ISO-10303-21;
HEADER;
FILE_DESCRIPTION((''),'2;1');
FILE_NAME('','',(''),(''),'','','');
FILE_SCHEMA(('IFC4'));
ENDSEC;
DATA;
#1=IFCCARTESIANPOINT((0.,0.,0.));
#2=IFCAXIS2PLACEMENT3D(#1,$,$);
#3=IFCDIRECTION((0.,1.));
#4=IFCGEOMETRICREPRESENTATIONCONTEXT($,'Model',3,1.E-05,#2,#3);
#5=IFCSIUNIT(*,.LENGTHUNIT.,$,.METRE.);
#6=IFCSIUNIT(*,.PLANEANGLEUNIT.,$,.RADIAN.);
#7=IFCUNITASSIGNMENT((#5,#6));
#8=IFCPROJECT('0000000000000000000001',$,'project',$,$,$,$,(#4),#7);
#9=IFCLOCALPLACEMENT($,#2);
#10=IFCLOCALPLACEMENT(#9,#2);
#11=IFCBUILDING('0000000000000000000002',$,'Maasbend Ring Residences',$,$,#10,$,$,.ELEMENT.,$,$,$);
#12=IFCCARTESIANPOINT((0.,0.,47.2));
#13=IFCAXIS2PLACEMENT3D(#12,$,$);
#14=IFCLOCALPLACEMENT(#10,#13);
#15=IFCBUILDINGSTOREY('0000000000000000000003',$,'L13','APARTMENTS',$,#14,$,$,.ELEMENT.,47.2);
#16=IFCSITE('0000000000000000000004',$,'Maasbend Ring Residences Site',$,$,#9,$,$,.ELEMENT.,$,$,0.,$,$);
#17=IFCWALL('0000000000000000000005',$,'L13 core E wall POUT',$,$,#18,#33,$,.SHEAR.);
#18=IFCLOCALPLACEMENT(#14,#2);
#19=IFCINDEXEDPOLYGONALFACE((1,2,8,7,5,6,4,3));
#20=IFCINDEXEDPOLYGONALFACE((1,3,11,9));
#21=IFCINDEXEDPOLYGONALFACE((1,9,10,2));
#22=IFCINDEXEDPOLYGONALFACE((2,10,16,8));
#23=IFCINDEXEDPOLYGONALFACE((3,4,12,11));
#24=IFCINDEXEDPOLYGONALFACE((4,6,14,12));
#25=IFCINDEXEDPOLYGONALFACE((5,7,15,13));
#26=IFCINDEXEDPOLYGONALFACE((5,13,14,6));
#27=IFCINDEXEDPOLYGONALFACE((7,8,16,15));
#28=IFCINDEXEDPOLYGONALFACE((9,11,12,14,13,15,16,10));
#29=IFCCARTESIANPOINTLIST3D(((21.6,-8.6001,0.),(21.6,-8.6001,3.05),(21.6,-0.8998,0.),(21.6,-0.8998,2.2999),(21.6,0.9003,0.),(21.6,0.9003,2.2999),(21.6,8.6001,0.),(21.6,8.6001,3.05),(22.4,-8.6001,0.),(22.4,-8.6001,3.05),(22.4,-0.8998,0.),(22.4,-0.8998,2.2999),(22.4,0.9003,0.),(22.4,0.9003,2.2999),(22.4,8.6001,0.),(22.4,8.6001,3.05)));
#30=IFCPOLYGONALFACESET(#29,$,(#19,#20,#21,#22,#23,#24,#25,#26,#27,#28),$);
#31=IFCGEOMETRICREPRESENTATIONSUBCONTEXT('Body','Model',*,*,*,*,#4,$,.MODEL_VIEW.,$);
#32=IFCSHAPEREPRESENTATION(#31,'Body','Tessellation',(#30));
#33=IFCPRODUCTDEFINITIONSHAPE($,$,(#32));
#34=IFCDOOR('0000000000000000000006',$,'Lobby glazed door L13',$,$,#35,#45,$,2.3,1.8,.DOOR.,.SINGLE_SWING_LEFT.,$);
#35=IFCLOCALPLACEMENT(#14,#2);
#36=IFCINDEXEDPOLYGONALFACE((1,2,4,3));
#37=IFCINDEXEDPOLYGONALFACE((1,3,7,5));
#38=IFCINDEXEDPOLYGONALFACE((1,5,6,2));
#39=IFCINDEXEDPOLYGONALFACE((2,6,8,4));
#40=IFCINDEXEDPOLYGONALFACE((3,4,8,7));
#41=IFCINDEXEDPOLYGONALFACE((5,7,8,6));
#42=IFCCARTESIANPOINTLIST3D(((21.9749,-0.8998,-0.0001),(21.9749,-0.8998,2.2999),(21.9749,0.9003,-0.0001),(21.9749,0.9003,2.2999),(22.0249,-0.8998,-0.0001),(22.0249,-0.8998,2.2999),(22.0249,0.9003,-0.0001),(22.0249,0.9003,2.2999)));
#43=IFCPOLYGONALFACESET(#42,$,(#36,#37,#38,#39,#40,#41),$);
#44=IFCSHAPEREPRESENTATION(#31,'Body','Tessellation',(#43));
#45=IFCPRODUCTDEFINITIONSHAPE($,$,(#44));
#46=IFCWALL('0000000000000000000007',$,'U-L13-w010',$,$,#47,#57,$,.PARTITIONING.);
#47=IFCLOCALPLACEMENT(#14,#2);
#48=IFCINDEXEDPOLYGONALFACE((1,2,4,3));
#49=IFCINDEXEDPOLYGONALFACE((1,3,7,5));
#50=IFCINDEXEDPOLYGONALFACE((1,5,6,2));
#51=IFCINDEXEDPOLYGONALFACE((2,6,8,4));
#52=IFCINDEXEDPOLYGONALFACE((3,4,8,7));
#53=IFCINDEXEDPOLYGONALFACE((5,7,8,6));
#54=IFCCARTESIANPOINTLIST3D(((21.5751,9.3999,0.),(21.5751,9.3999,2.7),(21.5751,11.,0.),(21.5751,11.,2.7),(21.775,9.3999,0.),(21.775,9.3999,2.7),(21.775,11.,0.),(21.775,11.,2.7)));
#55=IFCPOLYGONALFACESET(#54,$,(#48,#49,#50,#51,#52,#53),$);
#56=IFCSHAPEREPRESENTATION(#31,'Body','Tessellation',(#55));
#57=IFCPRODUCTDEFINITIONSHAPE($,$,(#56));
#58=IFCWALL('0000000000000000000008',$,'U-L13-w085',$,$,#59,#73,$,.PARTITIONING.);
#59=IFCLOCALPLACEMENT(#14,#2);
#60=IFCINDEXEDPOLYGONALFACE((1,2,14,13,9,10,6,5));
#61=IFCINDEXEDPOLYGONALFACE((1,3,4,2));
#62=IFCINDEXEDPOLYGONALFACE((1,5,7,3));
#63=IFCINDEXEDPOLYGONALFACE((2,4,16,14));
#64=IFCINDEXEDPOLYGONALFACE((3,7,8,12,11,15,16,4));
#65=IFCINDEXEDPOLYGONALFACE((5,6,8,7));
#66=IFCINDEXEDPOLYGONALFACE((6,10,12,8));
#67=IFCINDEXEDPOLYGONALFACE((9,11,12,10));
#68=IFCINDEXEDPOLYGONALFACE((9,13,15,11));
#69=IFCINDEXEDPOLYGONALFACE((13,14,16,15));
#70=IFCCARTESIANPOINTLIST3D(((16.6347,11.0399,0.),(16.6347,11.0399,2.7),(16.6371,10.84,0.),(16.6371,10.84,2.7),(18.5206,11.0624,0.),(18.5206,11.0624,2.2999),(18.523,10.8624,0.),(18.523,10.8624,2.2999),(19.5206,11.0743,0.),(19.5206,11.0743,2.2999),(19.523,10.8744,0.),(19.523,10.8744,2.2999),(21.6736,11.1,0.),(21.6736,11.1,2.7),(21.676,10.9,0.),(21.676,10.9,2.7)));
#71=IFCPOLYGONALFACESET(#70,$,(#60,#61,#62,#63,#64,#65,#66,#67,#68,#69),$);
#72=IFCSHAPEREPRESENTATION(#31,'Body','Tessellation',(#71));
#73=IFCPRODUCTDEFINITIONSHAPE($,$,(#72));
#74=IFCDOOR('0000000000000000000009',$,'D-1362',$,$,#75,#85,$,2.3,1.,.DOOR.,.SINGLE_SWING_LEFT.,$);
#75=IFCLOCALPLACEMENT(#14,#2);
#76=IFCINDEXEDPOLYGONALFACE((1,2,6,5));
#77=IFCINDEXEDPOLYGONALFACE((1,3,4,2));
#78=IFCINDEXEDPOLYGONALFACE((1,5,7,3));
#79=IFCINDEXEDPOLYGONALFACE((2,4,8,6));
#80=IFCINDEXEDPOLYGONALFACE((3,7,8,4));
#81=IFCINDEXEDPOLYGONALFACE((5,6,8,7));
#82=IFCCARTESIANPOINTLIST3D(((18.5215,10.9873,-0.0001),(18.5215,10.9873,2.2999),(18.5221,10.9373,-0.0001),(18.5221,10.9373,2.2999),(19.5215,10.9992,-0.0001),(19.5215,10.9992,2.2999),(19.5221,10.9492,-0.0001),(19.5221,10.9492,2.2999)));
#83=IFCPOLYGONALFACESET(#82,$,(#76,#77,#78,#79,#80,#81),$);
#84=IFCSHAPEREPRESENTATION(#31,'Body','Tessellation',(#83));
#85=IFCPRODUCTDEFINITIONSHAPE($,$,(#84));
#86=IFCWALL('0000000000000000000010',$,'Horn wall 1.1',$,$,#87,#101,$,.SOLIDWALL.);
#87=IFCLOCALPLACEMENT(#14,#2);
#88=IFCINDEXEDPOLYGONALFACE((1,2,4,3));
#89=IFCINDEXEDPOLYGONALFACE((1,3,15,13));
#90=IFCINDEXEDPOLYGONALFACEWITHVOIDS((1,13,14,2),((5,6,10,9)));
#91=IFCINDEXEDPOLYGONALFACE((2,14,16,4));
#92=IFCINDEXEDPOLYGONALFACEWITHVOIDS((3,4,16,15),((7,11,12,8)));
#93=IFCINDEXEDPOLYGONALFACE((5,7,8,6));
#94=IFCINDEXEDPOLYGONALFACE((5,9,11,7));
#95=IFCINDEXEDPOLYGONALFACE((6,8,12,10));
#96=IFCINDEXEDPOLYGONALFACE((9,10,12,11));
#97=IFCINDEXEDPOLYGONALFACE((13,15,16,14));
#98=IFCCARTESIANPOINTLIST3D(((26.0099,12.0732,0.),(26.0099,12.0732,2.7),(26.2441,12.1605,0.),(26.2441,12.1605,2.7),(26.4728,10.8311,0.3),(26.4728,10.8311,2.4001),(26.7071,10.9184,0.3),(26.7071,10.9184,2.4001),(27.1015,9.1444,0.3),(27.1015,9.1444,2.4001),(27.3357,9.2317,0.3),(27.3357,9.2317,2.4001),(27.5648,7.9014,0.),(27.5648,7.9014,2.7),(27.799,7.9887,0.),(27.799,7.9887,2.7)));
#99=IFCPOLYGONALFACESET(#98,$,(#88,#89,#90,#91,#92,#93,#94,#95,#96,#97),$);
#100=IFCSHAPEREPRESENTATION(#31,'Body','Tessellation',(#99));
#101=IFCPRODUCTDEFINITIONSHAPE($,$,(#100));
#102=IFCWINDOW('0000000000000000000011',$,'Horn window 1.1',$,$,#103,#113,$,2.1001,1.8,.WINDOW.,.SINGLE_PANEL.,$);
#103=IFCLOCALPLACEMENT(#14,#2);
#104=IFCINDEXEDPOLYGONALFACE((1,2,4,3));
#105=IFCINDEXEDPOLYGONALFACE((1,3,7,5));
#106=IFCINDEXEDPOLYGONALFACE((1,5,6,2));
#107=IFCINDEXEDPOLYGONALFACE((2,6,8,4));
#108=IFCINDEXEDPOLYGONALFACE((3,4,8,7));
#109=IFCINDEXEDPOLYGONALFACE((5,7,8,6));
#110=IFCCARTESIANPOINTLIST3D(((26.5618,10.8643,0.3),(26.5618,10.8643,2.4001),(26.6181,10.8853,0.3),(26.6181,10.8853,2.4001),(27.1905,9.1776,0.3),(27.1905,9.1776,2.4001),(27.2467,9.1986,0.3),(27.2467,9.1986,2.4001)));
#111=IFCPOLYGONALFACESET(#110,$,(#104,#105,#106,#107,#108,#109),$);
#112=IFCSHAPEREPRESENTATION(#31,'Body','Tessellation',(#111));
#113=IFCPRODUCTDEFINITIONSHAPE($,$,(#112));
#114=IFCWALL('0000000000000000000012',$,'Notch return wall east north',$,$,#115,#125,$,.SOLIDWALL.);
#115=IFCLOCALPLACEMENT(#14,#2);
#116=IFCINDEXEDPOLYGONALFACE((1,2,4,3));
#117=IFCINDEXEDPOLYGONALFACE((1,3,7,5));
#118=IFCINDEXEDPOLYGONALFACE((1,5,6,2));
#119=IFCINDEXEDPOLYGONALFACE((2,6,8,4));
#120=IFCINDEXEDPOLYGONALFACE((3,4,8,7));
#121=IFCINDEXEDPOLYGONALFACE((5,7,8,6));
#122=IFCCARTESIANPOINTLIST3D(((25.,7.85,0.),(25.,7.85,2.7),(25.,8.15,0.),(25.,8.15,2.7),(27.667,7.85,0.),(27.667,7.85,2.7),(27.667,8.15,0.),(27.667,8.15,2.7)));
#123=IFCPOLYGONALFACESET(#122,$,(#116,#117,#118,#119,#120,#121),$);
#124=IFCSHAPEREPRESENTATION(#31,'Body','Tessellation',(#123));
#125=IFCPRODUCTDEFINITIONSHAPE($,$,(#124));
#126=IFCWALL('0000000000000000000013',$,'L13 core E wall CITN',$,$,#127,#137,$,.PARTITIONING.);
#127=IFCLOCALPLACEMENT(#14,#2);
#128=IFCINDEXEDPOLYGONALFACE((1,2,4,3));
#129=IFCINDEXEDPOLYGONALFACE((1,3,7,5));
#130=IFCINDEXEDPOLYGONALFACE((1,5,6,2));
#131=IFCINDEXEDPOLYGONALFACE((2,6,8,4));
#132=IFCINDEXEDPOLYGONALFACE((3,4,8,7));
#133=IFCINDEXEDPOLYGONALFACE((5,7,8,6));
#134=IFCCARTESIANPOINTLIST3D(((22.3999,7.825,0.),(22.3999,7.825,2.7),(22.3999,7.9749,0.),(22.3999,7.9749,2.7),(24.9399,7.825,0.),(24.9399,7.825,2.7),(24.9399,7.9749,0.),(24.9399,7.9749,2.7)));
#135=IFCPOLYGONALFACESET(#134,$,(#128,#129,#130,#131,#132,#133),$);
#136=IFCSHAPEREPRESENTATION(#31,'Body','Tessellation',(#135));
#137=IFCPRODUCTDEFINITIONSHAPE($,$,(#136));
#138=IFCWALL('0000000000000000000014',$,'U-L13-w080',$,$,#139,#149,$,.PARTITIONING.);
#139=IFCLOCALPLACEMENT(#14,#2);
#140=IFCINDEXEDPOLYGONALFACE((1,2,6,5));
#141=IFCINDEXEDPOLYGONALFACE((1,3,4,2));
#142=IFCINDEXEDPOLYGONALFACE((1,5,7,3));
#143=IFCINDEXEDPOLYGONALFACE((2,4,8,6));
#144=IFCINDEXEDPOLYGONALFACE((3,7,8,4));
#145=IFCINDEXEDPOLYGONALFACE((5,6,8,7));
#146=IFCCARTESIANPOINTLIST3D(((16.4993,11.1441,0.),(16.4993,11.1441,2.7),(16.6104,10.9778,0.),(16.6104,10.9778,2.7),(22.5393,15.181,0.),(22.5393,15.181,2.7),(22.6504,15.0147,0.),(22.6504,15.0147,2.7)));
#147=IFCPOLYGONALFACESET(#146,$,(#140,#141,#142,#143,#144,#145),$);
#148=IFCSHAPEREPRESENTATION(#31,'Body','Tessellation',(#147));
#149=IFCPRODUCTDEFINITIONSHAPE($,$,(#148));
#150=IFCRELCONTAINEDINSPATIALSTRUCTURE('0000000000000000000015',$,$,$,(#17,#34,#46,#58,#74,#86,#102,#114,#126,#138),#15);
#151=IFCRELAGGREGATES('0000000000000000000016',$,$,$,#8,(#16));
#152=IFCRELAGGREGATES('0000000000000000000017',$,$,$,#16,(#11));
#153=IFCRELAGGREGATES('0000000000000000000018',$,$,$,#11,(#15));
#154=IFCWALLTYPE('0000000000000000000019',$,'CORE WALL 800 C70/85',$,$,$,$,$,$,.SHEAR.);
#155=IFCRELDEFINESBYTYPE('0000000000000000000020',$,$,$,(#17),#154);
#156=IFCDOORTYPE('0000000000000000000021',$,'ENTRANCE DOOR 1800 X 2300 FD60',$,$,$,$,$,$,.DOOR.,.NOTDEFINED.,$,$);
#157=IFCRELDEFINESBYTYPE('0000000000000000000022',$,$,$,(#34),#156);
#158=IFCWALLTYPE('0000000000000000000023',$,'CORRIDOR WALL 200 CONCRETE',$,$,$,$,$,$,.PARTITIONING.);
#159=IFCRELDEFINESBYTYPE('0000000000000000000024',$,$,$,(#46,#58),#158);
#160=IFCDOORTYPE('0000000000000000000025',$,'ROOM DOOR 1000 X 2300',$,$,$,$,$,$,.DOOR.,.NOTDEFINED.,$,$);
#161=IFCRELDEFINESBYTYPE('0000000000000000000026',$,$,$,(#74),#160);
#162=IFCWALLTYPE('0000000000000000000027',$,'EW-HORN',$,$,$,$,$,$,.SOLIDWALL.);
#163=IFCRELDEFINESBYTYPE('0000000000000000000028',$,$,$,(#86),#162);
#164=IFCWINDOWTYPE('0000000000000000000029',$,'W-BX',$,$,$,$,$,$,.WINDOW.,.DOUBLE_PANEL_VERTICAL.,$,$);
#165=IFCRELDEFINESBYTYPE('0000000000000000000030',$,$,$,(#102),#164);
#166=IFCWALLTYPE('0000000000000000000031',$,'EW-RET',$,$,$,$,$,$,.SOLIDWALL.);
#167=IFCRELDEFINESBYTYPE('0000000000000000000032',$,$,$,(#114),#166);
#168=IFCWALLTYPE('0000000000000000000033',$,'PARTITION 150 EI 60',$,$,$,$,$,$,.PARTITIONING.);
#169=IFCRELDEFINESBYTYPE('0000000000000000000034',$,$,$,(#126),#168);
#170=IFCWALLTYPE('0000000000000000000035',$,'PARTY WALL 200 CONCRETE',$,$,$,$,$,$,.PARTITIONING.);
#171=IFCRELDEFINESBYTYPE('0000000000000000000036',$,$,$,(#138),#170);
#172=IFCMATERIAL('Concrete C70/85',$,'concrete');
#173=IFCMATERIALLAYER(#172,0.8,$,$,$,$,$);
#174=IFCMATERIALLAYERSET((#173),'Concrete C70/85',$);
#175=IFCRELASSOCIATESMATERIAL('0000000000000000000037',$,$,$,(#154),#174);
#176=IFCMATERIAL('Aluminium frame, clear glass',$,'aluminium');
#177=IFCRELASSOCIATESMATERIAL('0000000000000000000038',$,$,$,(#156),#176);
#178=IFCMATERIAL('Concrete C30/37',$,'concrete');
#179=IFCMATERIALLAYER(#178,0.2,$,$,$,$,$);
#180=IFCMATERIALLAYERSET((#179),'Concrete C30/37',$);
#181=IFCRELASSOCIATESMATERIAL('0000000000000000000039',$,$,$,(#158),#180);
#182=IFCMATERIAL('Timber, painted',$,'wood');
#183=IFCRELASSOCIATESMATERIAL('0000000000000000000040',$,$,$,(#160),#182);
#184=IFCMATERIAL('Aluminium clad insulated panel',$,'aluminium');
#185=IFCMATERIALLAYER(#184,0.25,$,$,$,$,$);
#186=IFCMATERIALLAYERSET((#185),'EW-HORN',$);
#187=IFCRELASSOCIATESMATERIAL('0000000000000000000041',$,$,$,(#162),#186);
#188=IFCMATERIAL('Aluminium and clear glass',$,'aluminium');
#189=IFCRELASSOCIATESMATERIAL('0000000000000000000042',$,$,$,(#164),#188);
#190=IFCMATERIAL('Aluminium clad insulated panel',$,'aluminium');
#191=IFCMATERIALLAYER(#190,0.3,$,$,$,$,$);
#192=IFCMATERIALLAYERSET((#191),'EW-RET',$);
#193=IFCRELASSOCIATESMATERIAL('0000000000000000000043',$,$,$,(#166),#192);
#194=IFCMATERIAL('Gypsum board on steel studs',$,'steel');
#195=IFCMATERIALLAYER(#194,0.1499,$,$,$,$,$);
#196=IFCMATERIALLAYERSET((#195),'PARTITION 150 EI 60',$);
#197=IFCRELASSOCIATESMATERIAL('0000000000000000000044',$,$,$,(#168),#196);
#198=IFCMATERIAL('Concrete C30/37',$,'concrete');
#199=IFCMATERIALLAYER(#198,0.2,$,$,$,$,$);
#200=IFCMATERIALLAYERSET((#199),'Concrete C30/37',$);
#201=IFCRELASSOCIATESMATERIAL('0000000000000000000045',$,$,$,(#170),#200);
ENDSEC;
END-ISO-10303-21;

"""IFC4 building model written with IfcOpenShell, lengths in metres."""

from ifc_helpers import new_model, si_unit, direction, frame, frame_2d, origin, place, context, subcontext, project, spatial, rectangle, extrude, material, layer, layer_set, type_object, element, fill, save


model = new_model("IFC4")

# Units and contexts
model_context = context("Model", 3, precision=1e-05, world=origin(), true_north=direction((0.0, 1.0)))
body_context = subcontext(model_context, "Body", "Model", "MODEL_VIEW")
ifc_project = project(units=[si_unit("LENGTHUNIT", "METRE"), si_unit("PLANEANGLEUNIT", "RADIAN")], contexts=[model_context])

# Site, building, storey
site_placement = place(None, origin())
site = spatial("IfcSite", under=ifc_project, at=site_placement, Name="Maasbend Ring Residences Site", CompositionType="ELEMENT", RefElevation=0.0)
building_placement = place(site_placement, origin())
building = spatial("IfcBuilding", under=site, at=building_placement, Name="Maasbend Ring Residences", CompositionType="ELEMENT")
storey_placement = place(building_placement, frame((0.0, 0.0, 47.2)))
storey = spatial("IfcBuildingStorey", under=building, at=storey_placement, Name="L13", Description="APARTMENTS", CompositionType="ELEMENT", Elevation=47.2)

# Wall, opening, door
ifc_material_1 = material(Name="Concrete C70/85", Category="concrete")
ifc_layer_1 = layer(ifc_material_1, 0.8)
ifc_layer_set_1 = layer_set([ifc_layer_1], Name="Concrete C70/85")
wall_type_1 = type_object("IfcWallType", Name="CORE WALL 800 C70/85", PredefinedType="SHEAR", material=ifc_layer_set_1)
wall_1_placement = place(storey_placement, frame((22.0, 8.6001, 0.0), z_axis=(0.0, 0.0, 1.0), x_axis=(0.0, -1.0, 0.0)))
wall_1 = element("IfcWall", 1, at=wall_1_placement, inside=storey, type_object=wall_type_1, Name="L13 core E wall POUT", PredefinedType="SHEAR", context=body_context, shape_type="SweptSolid", body=[
    extrude(rectangle(XDim=17.2002, YDim=0.8, at=frame_2d((8.6001, 0.0))), origin(), (0.0, 0.0, 1.0), 3.05),
])
opening_1_placement = place(wall_1_placement, frame((7.7, 0.0, 0.0)))
opening_1 = element("IfcOpeningElement", 2, at=opening_1_placement, cuts=wall_1, PredefinedType="OPENING", context=body_context, shape_type="SweptSolid", body=[
    extrude(rectangle(XDim=1.8, YDim=2.3, at=frame_2d((0.8999, 1.1499))), frame((0.0, 0.4102, 0.0), z_axis=(0.0, -1.0, 0.0), x_axis=(1.0, 0.0, 0.0)), (0.0, 0.0, 1.0), 0.8201),
])
ifc_material_2 = material(Name="Aluminium frame, clear glass", Category="aluminium")
door_type_1 = type_object("IfcDoorType", Name="ENTRANCE DOOR 1800 X 2300 FD60", OperationType="NOTDEFINED", PredefinedType="DOOR", material=ifc_material_2)
door_1_placement = place(opening_1_placement, origin())
door_1 = element("IfcDoor", 3, at=door_1_placement, inside=storey, type_object=door_type_1, Name="Lobby glazed door L13", OperationType="SINGLE_SWING_LEFT", OverallHeight=2.3, OverallWidth=1.8, PredefinedType="DOOR", context=body_context, shape_type="SweptSolid", body=[
    extrude(rectangle(XDim=1.8, YDim=2.3, at=frame_2d((0.8999, 1.1499))), frame((0.0, 0.0249, 0.0), z_axis=(0.0, -1.0, 0.0), x_axis=(1.0, 0.0, 0.0)), (0.0, 0.0, 1.0), 0.05),
])
fill(opening_1, door_1)

# Wall
ifc_material_3 = material(Name="Concrete C30/37", Category="concrete")
ifc_layer_2 = layer(ifc_material_3, 0.2)
ifc_layer_set_2 = layer_set([ifc_layer_2], Name="Concrete C30/37")
wall_type_2 = type_object("IfcWallType", Name="CORRIDOR WALL 200 CONCRETE", PredefinedType="PARTITIONING", material=ifc_layer_set_2)
wall_2_placement = place(storey_placement, frame((21.675, 9.3999, 0.0), z_axis=(0.0, 0.0, 1.0), x_axis=(0.0, 1.0, 0.0)))
element("IfcWall", 4, at=wall_2_placement, inside=storey, type_object=wall_type_2, Name="U-L13-w010", PredefinedType="PARTITIONING", context=body_context, shape_type="SweptSolid", body=[
    extrude(rectangle(XDim=1.6001, YDim=0.2, at=frame_2d((0.8, 0.0))), origin(), (0.0, 0.0, 1.0), 2.7),
])

# Wall, opening, door
wall_3_placement = place(storey_placement, frame((16.636, 10.9399, 0.0), z_axis=(0.0, 0.0, 1.0), x_axis=(0.999929, 0.011918, 0.0)))
wall_3 = element("IfcWall", 5, at=wall_3_placement, inside=storey, type_object=wall_type_2, Name="U-L13-w085", PredefinedType="PARTITIONING", context=body_context, shape_type="SweptSolid", body=[
    extrude(rectangle(XDim=5.0393, YDim=0.2, at=frame_2d((2.5195, 0.0))), origin(), (0.0, 0.0, 1.0), 2.7),
])
opening_2_placement = place(wall_3_placement, frame((1.886, 0.0, 0.0)))
opening_2 = element("IfcOpeningElement", 6, at=opening_2_placement, cuts=wall_3, PredefinedType="OPENING", context=body_context, shape_type="SweptSolid", body=[
    extrude(rectangle(XDim=1.0, YDim=2.3, at=frame_2d((0.5, 1.1499))), frame((0.0, 0.1099, 0.0), z_axis=(0.0, -1.0, 0.0), x_axis=(1.0, 0.0, 0.0)), (0.0, 0.0, 1.0), 0.22),
])
ifc_material_4 = material(Name="Timber, painted", Category="wood")
door_type_2 = type_object("IfcDoorType", Name="ROOM DOOR 1000 X 2300", OperationType="NOTDEFINED", PredefinedType="DOOR", material=ifc_material_4)
door_2_placement = place(opening_2_placement, origin())
door_2 = element("IfcDoor", 7, at=door_2_placement, inside=storey, type_object=door_type_2, Name="D-1362", OperationType="SINGLE_SWING_LEFT", OverallHeight=2.3, OverallWidth=1.0, PredefinedType="DOOR", context=body_context, shape_type="SweptSolid", body=[
    extrude(rectangle(XDim=1.0, YDim=2.3, at=frame_2d((0.5, 1.1499))), frame((0.0, 0.0249, 0.0), z_axis=(0.0, -1.0, 0.0), x_axis=(1.0, 0.0, 0.0)), (0.0, 0.0, 1.0), 0.05),
])
fill(opening_2, door_2)

# Wall, opening, window
ifc_material_5 = material(Name="Aluminium clad insulated panel", Category="aluminium")
ifc_layer_3 = layer(ifc_material_5, 0.25)
ifc_layer_set_3 = layer_set([ifc_layer_3], Name="EW-HORN")
wall_type_3 = type_object("IfcWallType", Name="EW-HORN", PredefinedType="SOLIDWALL", material=ifc_layer_set_3)
wall_4_placement = place(storey_placement, frame((27.6819, 7.9451, 0.0), z_axis=(0.0, 0.0, 1.0), x_axis=(-0.349248, 0.93703, 0.0)))
wall_4 = element("IfcWall", 8, at=wall_4_placement, inside=storey, type_object=wall_type_3, Name="Horn wall 1.1", PredefinedType="SOLIDWALL", context=body_context, shape_type="SweptSolid", body=[
    extrude(rectangle(XDim=4.4521, YDim=0.25, at=frame_2d((2.2261, 0.0))), origin(), (0.0, 0.0, 1.0), 2.7),
])
opening_3_placement = place(wall_4_placement, frame((1.3267, 0.0, 0.3)))
opening_3 = element("IfcOpeningElement", 9, at=opening_3_placement, cuts=wall_4, PredefinedType="OPENING", context=body_context, shape_type="SweptSolid", body=[
    extrude(rectangle(XDim=1.8, YDim=2.1001, at=frame_2d((0.8999, 1.05))), frame((0.0, 0.135, 0.0), z_axis=(0.0, -1.0, 0.0), x_axis=(1.0, 0.0, 0.0)), (0.0, 0.0, 1.0), 0.27),
])
ifc_material_6 = material(Name="Aluminium and clear glass", Category="aluminium")
window_type = type_object("IfcWindowType", Name="W-BX", PartitioningType="DOUBLE_PANEL_VERTICAL", PredefinedType="WINDOW", material=ifc_material_6)
window_placement = place(opening_3_placement, origin())
window = element("IfcWindow", 10, at=window_placement, inside=storey, type_object=window_type, Name="Horn window 1.1", OverallHeight=2.1001, OverallWidth=1.8, PartitioningType="SINGLE_PANEL", PredefinedType="WINDOW", context=body_context, shape_type="SweptSolid", body=[
    extrude(rectangle(XDim=1.8, YDim=2.1001, at=frame_2d((0.8999, 1.05))), frame((0.0, 0.03, 0.0), z_axis=(0.0, -1.0, 0.0), x_axis=(1.0, 0.0, 0.0)), (0.0, 0.0, 1.0), 0.0601),
])
fill(opening_3, window)

# Walls
ifc_material_7 = material(Name="Aluminium clad insulated panel", Category="aluminium")
ifc_layer_4 = layer(ifc_material_7, 0.3)
ifc_layer_set_4 = layer_set([ifc_layer_4], Name="EW-RET")
wall_type_4 = type_object("IfcWallType", Name="EW-RET", PredefinedType="SOLIDWALL", material=ifc_layer_set_4)
wall_5_placement = place(storey_placement, frame((25.0, 8.0, 0.0), z_axis=(0.0, 0.0, 1.0), x_axis=(1.0, 0.0, 0.0)))
element("IfcWall", 11, at=wall_5_placement, inside=storey, type_object=wall_type_4, Name="Notch return wall east north", PredefinedType="SOLIDWALL", context=body_context, shape_type="SweptSolid", body=[
    extrude(rectangle(XDim=2.667, YDim=0.3, at=frame_2d((1.3335, 0.0))), origin(), (0.0, 0.0, 1.0), 2.7),
])
ifc_material_8 = material(Name="Gypsum board on steel studs", Category="steel")
ifc_layer_5 = layer(ifc_material_8, 0.1499)
ifc_layer_set_5 = layer_set([ifc_layer_5], Name="PARTITION 150 EI 60")
wall_type_5 = type_object("IfcWallType", Name="PARTITION 150 EI 60", PredefinedType="PARTITIONING", material=ifc_layer_set_5)
wall_6_placement = place(storey_placement, frame((22.3999, 7.8999, 0.0), z_axis=(0.0, 0.0, 1.0), x_axis=(1.0, 0.0, 0.0)))
element("IfcWall", 12, at=wall_6_placement, inside=storey, type_object=wall_type_5, Name="L13 core E wall CITN", PredefinedType="PARTITIONING", context=body_context, shape_type="SweptSolid", body=[
    extrude(rectangle(XDim=2.54, YDim=0.1499, at=frame_2d((1.27, 0.0))), origin(), (0.0, 0.0, 1.0), 2.7),
])
ifc_material_9 = material(Name="Concrete C30/37", Category="concrete")
ifc_layer_6 = layer(ifc_material_9, 0.2)
ifc_layer_set_6 = layer_set([ifc_layer_6], Name="Concrete C30/37")
wall_type_6 = type_object("IfcWallType", Name="PARTY WALL 200 CONCRETE", PredefinedType="PARTITIONING", material=ifc_layer_set_6)
wall_7_placement = place(storey_placement, frame((16.5549, 11.061, 0.0), z_axis=(0.0, 0.0, 1.0), x_axis=(0.831403, 0.555669, 0.0)))
element("IfcWall", 13, at=wall_7_placement, inside=storey, type_object=wall_type_6, Name="U-L13-w080", PredefinedType="PARTITIONING", context=body_context, shape_type="SweptSolid", body=[
    extrude(rectangle(XDim=7.2649, YDim=0.2, at=frame_2d((3.6323, 0.0))), origin(), (0.0, 0.0, 1.0), 2.7),
])

save(model, "model.ifc")
